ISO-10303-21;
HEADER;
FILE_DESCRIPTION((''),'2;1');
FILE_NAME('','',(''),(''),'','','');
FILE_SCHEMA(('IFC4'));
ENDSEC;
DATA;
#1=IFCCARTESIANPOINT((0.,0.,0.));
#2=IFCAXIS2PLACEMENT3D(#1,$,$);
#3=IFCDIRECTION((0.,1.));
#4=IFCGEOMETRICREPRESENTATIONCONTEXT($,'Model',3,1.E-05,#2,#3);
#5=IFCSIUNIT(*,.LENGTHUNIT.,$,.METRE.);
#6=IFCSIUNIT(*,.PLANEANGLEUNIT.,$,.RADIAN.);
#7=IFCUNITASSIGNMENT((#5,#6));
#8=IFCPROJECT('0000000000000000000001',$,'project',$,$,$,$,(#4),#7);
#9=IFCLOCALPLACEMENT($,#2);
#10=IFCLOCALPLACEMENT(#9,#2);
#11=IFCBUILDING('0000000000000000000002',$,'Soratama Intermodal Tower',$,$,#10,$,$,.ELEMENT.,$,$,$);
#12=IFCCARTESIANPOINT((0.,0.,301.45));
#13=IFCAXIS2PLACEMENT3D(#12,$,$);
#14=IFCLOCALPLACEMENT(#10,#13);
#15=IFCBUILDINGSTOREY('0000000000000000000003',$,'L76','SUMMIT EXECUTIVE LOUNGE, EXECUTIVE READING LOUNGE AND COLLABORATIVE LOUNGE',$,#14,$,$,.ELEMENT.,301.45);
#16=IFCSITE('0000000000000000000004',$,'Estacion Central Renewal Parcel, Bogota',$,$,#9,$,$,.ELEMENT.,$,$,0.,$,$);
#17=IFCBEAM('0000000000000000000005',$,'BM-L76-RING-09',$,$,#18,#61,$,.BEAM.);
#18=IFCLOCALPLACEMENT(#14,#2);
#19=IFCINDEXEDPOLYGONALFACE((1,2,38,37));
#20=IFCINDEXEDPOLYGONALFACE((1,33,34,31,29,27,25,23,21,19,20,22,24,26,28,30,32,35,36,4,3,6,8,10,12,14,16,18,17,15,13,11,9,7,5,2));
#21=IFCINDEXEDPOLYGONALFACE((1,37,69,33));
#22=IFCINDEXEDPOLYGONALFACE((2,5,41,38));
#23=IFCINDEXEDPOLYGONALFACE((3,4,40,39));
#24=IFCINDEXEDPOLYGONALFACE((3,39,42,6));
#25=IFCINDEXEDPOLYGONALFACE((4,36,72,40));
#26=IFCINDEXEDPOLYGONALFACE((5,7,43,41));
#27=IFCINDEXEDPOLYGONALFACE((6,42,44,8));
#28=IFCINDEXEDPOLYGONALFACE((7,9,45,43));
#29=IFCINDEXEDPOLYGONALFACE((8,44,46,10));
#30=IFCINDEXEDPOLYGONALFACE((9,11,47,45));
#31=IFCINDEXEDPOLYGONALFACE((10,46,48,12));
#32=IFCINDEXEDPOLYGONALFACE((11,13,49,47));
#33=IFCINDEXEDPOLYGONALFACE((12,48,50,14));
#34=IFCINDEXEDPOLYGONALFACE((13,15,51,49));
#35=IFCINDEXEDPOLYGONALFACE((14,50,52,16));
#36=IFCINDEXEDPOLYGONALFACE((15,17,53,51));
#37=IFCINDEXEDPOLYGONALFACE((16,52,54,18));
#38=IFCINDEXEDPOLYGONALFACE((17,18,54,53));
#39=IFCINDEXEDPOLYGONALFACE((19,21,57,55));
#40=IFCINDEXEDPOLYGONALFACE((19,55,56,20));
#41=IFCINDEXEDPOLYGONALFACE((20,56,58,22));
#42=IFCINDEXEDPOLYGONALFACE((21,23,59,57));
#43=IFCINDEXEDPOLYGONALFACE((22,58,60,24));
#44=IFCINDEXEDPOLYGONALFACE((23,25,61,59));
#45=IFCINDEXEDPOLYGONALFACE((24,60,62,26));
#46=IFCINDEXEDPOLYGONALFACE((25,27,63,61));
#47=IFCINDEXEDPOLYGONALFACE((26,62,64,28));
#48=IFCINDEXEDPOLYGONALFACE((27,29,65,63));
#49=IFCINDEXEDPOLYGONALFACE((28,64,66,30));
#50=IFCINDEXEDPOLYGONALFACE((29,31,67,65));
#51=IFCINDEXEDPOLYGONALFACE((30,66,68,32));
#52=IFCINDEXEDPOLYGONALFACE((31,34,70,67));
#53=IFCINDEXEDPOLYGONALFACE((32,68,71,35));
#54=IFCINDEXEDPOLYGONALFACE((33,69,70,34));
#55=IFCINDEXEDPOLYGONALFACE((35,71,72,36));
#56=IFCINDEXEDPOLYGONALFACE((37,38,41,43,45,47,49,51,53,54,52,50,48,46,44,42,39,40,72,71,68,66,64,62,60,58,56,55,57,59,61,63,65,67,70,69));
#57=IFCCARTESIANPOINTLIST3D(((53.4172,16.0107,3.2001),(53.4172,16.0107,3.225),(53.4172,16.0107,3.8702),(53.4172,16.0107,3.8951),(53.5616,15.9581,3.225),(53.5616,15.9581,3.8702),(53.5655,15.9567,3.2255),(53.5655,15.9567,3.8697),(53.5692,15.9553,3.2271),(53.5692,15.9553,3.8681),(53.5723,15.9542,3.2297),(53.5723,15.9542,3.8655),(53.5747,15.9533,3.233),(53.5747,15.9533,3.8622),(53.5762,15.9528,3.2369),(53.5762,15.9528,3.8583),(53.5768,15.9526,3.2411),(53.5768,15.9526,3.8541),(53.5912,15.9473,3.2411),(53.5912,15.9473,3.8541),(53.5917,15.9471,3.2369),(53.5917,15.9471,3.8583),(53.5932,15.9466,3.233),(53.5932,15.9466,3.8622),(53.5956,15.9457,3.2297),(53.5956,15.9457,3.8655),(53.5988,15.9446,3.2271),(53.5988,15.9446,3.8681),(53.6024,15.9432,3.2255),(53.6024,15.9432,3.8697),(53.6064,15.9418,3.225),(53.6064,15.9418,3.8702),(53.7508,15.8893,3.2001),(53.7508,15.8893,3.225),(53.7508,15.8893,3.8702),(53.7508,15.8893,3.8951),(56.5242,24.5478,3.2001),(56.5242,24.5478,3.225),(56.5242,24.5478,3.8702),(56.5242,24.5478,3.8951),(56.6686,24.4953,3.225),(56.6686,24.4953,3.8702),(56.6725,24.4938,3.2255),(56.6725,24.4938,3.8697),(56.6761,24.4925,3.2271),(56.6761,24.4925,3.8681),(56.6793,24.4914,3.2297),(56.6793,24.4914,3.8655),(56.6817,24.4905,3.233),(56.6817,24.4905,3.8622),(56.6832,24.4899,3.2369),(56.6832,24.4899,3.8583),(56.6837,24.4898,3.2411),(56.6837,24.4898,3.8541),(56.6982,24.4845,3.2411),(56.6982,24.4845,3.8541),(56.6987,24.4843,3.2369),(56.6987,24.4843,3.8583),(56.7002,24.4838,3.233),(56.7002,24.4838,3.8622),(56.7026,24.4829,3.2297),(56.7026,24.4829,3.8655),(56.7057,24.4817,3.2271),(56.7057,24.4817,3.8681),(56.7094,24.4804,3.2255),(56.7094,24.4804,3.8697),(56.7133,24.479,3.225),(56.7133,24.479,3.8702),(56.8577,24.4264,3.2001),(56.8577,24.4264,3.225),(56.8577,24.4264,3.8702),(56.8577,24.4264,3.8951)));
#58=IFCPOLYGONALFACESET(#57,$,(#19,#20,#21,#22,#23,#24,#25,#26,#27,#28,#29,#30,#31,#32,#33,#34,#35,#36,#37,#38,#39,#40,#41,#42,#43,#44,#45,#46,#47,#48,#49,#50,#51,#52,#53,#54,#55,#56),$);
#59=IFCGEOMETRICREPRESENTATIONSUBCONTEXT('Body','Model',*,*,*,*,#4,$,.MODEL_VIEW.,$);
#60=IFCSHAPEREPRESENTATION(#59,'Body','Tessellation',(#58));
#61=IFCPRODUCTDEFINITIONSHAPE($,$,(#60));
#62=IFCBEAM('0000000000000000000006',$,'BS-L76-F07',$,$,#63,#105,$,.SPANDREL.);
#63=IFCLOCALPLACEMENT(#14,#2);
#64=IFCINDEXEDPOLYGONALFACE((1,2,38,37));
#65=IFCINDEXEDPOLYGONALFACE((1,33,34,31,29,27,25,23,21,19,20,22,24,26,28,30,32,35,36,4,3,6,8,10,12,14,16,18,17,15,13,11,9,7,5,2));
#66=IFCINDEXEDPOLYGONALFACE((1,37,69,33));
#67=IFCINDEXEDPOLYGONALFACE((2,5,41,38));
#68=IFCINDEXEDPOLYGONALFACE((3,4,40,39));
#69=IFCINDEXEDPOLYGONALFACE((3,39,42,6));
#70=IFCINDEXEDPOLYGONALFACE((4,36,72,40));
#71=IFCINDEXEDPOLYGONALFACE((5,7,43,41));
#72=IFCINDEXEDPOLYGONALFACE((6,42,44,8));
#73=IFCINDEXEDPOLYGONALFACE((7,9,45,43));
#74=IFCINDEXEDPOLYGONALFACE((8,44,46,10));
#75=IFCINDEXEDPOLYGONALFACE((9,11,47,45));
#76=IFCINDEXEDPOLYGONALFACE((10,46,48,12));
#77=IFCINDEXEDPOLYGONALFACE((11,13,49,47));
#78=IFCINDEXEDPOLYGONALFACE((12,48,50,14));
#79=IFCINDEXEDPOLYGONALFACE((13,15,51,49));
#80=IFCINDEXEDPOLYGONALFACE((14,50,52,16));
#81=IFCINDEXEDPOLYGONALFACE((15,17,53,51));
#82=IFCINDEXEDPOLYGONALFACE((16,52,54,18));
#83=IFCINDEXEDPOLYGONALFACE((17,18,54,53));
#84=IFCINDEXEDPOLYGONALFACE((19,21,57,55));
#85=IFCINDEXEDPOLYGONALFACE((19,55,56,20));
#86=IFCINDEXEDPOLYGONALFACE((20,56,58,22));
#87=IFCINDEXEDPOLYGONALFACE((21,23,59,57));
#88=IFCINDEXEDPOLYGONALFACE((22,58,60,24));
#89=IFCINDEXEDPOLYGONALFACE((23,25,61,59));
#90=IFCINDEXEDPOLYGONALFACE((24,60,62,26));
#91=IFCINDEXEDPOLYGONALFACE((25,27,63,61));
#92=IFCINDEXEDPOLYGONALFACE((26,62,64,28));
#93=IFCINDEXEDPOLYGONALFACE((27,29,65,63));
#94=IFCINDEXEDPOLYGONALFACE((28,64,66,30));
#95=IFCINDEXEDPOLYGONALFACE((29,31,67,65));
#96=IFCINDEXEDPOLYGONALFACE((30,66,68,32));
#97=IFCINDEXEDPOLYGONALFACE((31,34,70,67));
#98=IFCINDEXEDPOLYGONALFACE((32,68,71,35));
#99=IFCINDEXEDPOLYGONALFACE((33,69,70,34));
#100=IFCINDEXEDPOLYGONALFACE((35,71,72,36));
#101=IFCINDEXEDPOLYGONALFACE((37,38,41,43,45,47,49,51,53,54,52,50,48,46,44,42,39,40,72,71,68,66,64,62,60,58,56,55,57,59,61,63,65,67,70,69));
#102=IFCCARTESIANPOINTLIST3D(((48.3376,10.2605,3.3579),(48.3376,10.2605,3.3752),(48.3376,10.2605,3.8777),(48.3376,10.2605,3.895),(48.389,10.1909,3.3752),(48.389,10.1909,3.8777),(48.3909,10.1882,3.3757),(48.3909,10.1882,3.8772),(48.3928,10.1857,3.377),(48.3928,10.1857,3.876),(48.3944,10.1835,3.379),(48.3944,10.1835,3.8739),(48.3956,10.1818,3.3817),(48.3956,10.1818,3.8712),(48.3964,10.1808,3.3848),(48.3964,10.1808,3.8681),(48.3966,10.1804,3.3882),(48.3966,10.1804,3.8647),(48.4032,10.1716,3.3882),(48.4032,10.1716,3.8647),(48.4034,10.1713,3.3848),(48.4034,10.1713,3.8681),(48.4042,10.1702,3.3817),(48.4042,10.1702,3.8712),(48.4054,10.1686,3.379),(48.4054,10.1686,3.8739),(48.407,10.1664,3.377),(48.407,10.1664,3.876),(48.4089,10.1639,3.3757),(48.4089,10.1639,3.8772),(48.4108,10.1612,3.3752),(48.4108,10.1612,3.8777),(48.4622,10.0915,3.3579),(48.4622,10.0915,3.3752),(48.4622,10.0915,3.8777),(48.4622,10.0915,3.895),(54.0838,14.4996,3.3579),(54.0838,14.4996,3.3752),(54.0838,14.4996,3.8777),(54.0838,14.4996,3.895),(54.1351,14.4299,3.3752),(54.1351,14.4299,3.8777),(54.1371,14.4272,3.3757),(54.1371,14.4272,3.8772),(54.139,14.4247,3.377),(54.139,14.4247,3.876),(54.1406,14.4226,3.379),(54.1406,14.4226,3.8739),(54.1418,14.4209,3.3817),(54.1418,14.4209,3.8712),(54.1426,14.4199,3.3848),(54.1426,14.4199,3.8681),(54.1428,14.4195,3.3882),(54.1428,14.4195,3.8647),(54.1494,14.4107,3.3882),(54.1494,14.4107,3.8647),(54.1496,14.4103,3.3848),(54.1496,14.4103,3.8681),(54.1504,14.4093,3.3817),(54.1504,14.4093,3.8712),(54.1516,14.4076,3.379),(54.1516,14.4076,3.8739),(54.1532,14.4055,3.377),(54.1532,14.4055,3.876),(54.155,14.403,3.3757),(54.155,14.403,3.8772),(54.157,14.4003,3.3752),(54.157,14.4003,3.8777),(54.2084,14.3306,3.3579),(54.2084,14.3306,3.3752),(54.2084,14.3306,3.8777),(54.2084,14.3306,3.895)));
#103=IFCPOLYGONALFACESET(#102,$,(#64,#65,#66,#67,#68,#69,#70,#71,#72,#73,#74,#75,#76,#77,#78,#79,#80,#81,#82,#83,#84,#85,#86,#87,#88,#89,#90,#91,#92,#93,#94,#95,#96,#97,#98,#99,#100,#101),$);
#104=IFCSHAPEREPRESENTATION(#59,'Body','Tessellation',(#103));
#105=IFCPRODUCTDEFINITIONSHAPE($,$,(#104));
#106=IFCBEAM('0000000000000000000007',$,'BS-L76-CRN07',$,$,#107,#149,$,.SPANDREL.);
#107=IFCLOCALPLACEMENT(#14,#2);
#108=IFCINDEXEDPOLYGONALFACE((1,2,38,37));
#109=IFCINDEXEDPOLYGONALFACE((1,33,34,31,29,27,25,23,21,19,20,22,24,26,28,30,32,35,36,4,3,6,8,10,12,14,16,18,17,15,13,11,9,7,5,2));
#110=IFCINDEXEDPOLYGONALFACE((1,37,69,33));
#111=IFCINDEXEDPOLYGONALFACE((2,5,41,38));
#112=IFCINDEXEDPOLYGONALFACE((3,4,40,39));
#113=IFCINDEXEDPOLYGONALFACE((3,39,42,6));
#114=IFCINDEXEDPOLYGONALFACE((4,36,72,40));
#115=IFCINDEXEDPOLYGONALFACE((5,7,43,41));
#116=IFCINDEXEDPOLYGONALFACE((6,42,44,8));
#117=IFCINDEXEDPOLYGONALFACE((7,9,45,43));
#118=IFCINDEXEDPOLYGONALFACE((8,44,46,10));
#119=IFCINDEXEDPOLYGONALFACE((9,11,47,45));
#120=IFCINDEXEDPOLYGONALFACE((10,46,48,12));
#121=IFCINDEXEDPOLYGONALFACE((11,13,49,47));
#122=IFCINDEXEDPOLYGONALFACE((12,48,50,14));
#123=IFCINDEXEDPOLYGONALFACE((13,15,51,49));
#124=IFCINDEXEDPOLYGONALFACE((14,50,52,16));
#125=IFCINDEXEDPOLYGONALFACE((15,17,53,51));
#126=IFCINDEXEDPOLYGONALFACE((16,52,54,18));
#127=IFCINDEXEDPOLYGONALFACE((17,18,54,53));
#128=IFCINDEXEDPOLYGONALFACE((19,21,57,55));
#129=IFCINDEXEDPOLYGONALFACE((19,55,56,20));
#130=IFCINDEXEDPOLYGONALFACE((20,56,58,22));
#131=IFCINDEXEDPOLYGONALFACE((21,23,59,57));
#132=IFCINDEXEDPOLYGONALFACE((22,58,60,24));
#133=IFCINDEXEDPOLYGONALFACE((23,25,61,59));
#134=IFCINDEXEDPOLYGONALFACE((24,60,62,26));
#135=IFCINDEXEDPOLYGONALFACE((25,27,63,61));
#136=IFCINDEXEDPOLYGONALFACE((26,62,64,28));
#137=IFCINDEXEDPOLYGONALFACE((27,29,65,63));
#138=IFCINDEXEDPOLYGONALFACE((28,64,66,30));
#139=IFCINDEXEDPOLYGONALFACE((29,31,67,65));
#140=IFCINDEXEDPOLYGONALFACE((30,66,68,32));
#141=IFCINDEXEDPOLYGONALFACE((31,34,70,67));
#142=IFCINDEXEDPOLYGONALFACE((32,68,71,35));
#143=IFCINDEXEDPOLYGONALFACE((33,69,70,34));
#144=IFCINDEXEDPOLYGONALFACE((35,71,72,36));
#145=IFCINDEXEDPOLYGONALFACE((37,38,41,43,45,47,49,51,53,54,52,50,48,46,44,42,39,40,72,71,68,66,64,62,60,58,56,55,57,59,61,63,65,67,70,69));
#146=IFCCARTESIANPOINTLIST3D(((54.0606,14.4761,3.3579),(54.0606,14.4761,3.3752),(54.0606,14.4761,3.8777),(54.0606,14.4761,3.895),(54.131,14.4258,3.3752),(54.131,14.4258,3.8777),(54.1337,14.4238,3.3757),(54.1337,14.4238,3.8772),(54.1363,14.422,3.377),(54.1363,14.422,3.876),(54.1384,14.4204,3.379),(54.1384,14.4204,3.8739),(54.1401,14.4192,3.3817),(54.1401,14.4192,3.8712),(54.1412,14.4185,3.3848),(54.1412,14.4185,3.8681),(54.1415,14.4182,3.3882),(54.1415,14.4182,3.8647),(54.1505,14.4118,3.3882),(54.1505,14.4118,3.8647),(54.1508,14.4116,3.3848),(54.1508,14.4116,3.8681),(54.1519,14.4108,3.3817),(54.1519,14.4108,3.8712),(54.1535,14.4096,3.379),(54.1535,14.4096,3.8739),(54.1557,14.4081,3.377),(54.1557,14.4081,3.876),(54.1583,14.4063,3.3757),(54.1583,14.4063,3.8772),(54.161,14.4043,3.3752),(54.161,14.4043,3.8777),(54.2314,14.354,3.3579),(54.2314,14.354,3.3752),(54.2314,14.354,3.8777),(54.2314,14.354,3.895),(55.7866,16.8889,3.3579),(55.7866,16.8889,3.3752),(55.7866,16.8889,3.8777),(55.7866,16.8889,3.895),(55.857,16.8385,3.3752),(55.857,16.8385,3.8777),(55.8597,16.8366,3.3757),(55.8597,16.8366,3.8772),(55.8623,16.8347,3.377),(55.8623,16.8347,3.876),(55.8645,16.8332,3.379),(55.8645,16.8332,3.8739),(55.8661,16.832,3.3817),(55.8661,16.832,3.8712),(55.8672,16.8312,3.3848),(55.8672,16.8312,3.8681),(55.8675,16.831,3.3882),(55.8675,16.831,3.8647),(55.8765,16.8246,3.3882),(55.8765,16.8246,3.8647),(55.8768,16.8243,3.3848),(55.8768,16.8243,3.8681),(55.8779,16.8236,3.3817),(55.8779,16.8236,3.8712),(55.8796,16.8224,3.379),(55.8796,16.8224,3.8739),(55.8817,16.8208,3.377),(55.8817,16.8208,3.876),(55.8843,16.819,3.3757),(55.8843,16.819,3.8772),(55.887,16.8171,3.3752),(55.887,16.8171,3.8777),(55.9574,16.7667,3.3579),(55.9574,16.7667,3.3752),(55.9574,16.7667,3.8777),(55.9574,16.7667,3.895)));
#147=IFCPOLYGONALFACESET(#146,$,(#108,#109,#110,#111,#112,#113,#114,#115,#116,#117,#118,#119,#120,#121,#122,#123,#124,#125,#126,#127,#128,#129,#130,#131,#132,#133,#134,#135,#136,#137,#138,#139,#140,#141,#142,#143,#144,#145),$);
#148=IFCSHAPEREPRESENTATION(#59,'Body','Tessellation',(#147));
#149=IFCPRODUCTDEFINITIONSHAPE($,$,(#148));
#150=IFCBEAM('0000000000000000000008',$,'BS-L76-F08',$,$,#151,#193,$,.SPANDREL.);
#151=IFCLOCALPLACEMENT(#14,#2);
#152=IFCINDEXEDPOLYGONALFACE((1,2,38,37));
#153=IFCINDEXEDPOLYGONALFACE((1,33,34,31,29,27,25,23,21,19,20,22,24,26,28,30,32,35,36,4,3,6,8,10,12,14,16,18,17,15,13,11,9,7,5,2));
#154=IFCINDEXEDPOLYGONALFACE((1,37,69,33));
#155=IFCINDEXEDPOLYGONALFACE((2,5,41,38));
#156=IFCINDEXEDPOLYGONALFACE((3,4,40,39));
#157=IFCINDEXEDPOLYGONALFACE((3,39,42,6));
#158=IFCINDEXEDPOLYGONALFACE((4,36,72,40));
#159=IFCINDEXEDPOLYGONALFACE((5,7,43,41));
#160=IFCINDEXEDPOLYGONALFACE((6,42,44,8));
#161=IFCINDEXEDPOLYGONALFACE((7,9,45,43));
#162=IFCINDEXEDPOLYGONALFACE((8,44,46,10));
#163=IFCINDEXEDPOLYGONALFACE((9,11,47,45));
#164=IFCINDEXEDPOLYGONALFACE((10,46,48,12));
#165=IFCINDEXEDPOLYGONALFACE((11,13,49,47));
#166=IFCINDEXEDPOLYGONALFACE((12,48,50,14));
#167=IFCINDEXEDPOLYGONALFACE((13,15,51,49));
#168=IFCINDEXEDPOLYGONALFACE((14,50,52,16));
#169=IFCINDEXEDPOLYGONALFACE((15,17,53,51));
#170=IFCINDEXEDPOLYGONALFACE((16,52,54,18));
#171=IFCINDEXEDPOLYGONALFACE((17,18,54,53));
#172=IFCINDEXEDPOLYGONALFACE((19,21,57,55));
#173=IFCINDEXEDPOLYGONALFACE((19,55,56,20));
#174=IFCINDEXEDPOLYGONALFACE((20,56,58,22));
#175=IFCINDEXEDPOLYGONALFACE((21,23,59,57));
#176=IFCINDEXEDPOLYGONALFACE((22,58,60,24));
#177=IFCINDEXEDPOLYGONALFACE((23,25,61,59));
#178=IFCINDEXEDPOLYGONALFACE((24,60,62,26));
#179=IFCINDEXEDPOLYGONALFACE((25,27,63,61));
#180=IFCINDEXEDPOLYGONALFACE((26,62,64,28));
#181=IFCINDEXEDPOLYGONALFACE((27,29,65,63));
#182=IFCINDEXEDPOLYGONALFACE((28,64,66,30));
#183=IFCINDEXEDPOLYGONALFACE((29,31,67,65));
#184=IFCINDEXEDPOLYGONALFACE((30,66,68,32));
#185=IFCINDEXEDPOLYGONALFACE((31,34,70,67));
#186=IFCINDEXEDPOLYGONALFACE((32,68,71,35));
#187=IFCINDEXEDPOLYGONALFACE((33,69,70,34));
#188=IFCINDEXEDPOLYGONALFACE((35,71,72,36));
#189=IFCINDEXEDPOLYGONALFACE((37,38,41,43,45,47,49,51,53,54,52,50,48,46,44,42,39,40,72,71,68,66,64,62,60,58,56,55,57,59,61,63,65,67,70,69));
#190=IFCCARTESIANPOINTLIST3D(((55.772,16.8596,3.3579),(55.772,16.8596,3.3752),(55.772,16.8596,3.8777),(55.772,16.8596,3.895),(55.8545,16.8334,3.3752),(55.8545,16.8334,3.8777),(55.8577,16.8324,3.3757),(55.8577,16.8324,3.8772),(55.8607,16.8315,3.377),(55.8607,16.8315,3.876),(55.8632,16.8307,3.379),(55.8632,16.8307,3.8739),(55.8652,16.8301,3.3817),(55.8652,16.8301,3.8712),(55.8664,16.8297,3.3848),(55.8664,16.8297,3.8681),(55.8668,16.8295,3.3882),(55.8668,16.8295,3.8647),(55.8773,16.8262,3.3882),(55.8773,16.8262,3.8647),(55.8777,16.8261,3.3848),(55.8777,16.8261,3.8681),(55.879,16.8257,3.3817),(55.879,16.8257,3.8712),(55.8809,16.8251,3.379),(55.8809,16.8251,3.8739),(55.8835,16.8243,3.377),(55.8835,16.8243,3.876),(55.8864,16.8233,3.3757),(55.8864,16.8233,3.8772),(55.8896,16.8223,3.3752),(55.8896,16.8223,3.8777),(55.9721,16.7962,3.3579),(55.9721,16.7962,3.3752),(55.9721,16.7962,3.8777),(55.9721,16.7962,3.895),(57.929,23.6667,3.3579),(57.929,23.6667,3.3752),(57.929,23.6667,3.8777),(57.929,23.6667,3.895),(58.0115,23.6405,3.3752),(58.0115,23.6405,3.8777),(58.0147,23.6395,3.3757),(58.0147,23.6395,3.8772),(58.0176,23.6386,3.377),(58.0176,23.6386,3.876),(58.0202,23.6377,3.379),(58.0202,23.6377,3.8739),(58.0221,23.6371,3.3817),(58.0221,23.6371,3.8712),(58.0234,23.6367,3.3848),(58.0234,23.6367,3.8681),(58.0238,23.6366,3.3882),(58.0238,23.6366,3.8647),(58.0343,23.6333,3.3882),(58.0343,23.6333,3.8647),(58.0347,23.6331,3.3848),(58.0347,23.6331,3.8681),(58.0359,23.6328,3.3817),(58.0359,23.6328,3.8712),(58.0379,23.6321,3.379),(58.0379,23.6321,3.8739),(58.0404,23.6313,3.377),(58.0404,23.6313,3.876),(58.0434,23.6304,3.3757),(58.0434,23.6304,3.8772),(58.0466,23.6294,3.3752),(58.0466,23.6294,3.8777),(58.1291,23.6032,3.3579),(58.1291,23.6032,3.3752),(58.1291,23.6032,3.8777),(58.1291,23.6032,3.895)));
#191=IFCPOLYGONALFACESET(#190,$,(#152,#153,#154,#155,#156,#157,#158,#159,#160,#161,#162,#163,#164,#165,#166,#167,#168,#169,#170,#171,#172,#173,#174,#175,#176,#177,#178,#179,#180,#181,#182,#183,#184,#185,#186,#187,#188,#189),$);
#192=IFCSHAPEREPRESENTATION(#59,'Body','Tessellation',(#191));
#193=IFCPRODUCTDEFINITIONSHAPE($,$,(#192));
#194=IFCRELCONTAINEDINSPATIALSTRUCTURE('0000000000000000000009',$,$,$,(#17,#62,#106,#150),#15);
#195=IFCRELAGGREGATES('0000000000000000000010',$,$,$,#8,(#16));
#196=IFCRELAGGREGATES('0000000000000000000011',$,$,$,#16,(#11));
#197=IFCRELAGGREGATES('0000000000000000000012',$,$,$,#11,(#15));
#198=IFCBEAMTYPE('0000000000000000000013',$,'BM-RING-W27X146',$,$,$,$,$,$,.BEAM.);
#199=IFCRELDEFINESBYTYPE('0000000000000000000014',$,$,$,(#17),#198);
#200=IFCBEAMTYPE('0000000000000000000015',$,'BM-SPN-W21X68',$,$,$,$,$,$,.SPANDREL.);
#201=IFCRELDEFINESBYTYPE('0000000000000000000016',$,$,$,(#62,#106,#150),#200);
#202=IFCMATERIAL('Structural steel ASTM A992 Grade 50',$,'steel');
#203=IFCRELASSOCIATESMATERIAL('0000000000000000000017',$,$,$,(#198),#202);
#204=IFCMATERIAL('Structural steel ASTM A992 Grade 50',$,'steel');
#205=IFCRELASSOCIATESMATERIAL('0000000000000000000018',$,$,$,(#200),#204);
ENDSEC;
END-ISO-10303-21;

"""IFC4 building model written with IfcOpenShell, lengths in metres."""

from ifc_helpers import new_model, si_unit, direction, frame, origin, origin_2d, place, context, subcontext, project, spatial, i_section, extrude, material, material_profile, profile_set, type_object, element, save


model = new_model("IFC4")

# Units and contexts
model_context = context("Model", 3, precision=1e-05, world=origin(), true_north=direction((0.0, 1.0)))
body_context = subcontext(model_context, "Body", "Model", "MODEL_VIEW")
ifc_project = project(units=[si_unit("LENGTHUNIT", "METRE"), si_unit("PLANEANGLEUNIT", "RADIAN")], contexts=[model_context])

# Site, building, storey
site_placement = place(None, origin())
site = spatial("IfcSite", under=ifc_project, at=site_placement, Name="Estacion Central Renewal Parcel, Bogota", CompositionType="ELEMENT", RefElevation=0.0)
building_placement = place(site_placement, origin())
building = spatial("IfcBuilding", under=site, at=building_placement, Name="Soratama Intermodal Tower", CompositionType="ELEMENT")
storey_placement = place(building_placement, frame((0.0, 0.0, 301.45)))
storey = spatial("IfcBuildingStorey", under=building, at=storey_placement, Name="L76", Description="SUMMIT EXECUTIVE LOUNGE, EXECUTIVE READING LOUNGE AND COLLABORATIVE LOUNGE", CompositionType="ELEMENT", Elevation=301.45)

# Beams
ifc_material_1 = material(Name="Structural steel ASTM A992 Grade 50", Category="steel")
ifc_material_profile_1 = material_profile(ifc_material_1, i_section(OverallWidth=0.355, OverallDepth=0.6951, WebThickness=0.0154, FlangeThickness=0.0249, FilletRadius=0.0161, at=origin_2d()), Name="W27X146")
ifc_profile_set_1 = profile_set([ifc_material_profile_1], Name="Structural steel ASTM A992 Grade 50")
beam_type_1 = type_object("IfcBeamType", Name="BM-RING-W27X146", PredefinedType="BEAM", material=ifc_profile_set_1)
for number, where, z_axis, x_axis, name in (
    (1, (53.584, 15.95, 3.5476), (0.341989, 0.939704, 0.0), (-0.939704, 0.341989, 0.0), "BM-L76-RING-09"),
):
    element("IfcBeam", number, at=place(storey_placement, frame(where, z_axis=z_axis, x_axis=x_axis)), inside=storey, type_object=beam_type_1, Name=name, PredefinedType="BEAM", context=body_context, shape_type="SweptSolid", body=[
        extrude(i_section(OverallWidth=0.355, OverallDepth=0.6951, WebThickness=0.0154, FlangeThickness=0.0249, FilletRadius=0.0161, at=origin_2d()), origin(), (0.0, 0.0, 1.0), 9.085),
    ])
ifc_material_2 = material(Name="Structural steel ASTM A992 Grade 50", Category="steel")
ifc_material_profile_2 = material_profile(ifc_material_2, i_section(OverallWidth=0.21, OverallDepth=0.5371, WebThickness=0.011, FlangeThickness=0.0173, FilletRadius=0.0129, at=origin_2d()), Name="W21X68")
ifc_profile_set_2 = profile_set([ifc_material_profile_2], Name="Structural steel ASTM A992 Grade 50")
beam_type_2 = type_object("IfcBeamType", Name="BM-SPN-W21X68", PredefinedType="SPANDREL", material=ifc_profile_set_2)
beam_1_placement = place(storey_placement, frame((48.3999, 10.176, 3.6265), z_axis=(0.804718, 0.593657, 0.0), x_axis=(-0.593657, 0.804718, 0.0)))
element("IfcBeam", 2, at=beam_1_placement, inside=storey, type_object=beam_type_2, Name="BS-L76-F07", PredefinedType="SPANDREL", context=body_context, shape_type="SweptSolid", body=[
    extrude(i_section(OverallWidth=0.21, OverallDepth=0.5371, WebThickness=0.011, FlangeThickness=0.0173, FilletRadius=0.0129, at=origin_2d()), origin(), (0.0, 0.0, 1.0), 7.1406),
])
beam_2_placement = place(storey_placement, frame((54.146, 14.415, 3.6265), z_axis=(0.581822, 0.813316, 0.0), x_axis=(-0.813316, 0.581822, 0.0)))
element("IfcBeam", 3, at=beam_2_placement, inside=storey, type_object=beam_type_2, Name="BS-L76-CRN07", PredefinedType="SPANDREL", context=body_context, shape_type="SweptSolid", body=[
    extrude(i_section(OverallWidth=0.21, OverallDepth=0.5371, WebThickness=0.011, FlangeThickness=0.0173, FilletRadius=0.0129, at=origin_2d()), origin(), (0.0, 0.0, 1.0), 2.9666),
])
beam_3_placement = place(storey_placement, frame((55.8721, 16.8279, 3.6265), z_axis=(0.302069, 0.953286, 0.0), x_axis=(-0.953286, 0.302069, 0.0)))
element("IfcBeam", 4, at=beam_3_placement, inside=storey, type_object=beam_type_2, Name="BS-L76-F08", PredefinedType="SPANDREL", context=body_context, shape_type="SweptSolid", body=[
    extrude(i_section(OverallWidth=0.21, OverallDepth=0.5371, WebThickness=0.011, FlangeThickness=0.0173, FilletRadius=0.0129, at=origin_2d()), origin(), (0.0, 0.0, 1.0), 7.1406),
])

save(model, "model.ifc")
